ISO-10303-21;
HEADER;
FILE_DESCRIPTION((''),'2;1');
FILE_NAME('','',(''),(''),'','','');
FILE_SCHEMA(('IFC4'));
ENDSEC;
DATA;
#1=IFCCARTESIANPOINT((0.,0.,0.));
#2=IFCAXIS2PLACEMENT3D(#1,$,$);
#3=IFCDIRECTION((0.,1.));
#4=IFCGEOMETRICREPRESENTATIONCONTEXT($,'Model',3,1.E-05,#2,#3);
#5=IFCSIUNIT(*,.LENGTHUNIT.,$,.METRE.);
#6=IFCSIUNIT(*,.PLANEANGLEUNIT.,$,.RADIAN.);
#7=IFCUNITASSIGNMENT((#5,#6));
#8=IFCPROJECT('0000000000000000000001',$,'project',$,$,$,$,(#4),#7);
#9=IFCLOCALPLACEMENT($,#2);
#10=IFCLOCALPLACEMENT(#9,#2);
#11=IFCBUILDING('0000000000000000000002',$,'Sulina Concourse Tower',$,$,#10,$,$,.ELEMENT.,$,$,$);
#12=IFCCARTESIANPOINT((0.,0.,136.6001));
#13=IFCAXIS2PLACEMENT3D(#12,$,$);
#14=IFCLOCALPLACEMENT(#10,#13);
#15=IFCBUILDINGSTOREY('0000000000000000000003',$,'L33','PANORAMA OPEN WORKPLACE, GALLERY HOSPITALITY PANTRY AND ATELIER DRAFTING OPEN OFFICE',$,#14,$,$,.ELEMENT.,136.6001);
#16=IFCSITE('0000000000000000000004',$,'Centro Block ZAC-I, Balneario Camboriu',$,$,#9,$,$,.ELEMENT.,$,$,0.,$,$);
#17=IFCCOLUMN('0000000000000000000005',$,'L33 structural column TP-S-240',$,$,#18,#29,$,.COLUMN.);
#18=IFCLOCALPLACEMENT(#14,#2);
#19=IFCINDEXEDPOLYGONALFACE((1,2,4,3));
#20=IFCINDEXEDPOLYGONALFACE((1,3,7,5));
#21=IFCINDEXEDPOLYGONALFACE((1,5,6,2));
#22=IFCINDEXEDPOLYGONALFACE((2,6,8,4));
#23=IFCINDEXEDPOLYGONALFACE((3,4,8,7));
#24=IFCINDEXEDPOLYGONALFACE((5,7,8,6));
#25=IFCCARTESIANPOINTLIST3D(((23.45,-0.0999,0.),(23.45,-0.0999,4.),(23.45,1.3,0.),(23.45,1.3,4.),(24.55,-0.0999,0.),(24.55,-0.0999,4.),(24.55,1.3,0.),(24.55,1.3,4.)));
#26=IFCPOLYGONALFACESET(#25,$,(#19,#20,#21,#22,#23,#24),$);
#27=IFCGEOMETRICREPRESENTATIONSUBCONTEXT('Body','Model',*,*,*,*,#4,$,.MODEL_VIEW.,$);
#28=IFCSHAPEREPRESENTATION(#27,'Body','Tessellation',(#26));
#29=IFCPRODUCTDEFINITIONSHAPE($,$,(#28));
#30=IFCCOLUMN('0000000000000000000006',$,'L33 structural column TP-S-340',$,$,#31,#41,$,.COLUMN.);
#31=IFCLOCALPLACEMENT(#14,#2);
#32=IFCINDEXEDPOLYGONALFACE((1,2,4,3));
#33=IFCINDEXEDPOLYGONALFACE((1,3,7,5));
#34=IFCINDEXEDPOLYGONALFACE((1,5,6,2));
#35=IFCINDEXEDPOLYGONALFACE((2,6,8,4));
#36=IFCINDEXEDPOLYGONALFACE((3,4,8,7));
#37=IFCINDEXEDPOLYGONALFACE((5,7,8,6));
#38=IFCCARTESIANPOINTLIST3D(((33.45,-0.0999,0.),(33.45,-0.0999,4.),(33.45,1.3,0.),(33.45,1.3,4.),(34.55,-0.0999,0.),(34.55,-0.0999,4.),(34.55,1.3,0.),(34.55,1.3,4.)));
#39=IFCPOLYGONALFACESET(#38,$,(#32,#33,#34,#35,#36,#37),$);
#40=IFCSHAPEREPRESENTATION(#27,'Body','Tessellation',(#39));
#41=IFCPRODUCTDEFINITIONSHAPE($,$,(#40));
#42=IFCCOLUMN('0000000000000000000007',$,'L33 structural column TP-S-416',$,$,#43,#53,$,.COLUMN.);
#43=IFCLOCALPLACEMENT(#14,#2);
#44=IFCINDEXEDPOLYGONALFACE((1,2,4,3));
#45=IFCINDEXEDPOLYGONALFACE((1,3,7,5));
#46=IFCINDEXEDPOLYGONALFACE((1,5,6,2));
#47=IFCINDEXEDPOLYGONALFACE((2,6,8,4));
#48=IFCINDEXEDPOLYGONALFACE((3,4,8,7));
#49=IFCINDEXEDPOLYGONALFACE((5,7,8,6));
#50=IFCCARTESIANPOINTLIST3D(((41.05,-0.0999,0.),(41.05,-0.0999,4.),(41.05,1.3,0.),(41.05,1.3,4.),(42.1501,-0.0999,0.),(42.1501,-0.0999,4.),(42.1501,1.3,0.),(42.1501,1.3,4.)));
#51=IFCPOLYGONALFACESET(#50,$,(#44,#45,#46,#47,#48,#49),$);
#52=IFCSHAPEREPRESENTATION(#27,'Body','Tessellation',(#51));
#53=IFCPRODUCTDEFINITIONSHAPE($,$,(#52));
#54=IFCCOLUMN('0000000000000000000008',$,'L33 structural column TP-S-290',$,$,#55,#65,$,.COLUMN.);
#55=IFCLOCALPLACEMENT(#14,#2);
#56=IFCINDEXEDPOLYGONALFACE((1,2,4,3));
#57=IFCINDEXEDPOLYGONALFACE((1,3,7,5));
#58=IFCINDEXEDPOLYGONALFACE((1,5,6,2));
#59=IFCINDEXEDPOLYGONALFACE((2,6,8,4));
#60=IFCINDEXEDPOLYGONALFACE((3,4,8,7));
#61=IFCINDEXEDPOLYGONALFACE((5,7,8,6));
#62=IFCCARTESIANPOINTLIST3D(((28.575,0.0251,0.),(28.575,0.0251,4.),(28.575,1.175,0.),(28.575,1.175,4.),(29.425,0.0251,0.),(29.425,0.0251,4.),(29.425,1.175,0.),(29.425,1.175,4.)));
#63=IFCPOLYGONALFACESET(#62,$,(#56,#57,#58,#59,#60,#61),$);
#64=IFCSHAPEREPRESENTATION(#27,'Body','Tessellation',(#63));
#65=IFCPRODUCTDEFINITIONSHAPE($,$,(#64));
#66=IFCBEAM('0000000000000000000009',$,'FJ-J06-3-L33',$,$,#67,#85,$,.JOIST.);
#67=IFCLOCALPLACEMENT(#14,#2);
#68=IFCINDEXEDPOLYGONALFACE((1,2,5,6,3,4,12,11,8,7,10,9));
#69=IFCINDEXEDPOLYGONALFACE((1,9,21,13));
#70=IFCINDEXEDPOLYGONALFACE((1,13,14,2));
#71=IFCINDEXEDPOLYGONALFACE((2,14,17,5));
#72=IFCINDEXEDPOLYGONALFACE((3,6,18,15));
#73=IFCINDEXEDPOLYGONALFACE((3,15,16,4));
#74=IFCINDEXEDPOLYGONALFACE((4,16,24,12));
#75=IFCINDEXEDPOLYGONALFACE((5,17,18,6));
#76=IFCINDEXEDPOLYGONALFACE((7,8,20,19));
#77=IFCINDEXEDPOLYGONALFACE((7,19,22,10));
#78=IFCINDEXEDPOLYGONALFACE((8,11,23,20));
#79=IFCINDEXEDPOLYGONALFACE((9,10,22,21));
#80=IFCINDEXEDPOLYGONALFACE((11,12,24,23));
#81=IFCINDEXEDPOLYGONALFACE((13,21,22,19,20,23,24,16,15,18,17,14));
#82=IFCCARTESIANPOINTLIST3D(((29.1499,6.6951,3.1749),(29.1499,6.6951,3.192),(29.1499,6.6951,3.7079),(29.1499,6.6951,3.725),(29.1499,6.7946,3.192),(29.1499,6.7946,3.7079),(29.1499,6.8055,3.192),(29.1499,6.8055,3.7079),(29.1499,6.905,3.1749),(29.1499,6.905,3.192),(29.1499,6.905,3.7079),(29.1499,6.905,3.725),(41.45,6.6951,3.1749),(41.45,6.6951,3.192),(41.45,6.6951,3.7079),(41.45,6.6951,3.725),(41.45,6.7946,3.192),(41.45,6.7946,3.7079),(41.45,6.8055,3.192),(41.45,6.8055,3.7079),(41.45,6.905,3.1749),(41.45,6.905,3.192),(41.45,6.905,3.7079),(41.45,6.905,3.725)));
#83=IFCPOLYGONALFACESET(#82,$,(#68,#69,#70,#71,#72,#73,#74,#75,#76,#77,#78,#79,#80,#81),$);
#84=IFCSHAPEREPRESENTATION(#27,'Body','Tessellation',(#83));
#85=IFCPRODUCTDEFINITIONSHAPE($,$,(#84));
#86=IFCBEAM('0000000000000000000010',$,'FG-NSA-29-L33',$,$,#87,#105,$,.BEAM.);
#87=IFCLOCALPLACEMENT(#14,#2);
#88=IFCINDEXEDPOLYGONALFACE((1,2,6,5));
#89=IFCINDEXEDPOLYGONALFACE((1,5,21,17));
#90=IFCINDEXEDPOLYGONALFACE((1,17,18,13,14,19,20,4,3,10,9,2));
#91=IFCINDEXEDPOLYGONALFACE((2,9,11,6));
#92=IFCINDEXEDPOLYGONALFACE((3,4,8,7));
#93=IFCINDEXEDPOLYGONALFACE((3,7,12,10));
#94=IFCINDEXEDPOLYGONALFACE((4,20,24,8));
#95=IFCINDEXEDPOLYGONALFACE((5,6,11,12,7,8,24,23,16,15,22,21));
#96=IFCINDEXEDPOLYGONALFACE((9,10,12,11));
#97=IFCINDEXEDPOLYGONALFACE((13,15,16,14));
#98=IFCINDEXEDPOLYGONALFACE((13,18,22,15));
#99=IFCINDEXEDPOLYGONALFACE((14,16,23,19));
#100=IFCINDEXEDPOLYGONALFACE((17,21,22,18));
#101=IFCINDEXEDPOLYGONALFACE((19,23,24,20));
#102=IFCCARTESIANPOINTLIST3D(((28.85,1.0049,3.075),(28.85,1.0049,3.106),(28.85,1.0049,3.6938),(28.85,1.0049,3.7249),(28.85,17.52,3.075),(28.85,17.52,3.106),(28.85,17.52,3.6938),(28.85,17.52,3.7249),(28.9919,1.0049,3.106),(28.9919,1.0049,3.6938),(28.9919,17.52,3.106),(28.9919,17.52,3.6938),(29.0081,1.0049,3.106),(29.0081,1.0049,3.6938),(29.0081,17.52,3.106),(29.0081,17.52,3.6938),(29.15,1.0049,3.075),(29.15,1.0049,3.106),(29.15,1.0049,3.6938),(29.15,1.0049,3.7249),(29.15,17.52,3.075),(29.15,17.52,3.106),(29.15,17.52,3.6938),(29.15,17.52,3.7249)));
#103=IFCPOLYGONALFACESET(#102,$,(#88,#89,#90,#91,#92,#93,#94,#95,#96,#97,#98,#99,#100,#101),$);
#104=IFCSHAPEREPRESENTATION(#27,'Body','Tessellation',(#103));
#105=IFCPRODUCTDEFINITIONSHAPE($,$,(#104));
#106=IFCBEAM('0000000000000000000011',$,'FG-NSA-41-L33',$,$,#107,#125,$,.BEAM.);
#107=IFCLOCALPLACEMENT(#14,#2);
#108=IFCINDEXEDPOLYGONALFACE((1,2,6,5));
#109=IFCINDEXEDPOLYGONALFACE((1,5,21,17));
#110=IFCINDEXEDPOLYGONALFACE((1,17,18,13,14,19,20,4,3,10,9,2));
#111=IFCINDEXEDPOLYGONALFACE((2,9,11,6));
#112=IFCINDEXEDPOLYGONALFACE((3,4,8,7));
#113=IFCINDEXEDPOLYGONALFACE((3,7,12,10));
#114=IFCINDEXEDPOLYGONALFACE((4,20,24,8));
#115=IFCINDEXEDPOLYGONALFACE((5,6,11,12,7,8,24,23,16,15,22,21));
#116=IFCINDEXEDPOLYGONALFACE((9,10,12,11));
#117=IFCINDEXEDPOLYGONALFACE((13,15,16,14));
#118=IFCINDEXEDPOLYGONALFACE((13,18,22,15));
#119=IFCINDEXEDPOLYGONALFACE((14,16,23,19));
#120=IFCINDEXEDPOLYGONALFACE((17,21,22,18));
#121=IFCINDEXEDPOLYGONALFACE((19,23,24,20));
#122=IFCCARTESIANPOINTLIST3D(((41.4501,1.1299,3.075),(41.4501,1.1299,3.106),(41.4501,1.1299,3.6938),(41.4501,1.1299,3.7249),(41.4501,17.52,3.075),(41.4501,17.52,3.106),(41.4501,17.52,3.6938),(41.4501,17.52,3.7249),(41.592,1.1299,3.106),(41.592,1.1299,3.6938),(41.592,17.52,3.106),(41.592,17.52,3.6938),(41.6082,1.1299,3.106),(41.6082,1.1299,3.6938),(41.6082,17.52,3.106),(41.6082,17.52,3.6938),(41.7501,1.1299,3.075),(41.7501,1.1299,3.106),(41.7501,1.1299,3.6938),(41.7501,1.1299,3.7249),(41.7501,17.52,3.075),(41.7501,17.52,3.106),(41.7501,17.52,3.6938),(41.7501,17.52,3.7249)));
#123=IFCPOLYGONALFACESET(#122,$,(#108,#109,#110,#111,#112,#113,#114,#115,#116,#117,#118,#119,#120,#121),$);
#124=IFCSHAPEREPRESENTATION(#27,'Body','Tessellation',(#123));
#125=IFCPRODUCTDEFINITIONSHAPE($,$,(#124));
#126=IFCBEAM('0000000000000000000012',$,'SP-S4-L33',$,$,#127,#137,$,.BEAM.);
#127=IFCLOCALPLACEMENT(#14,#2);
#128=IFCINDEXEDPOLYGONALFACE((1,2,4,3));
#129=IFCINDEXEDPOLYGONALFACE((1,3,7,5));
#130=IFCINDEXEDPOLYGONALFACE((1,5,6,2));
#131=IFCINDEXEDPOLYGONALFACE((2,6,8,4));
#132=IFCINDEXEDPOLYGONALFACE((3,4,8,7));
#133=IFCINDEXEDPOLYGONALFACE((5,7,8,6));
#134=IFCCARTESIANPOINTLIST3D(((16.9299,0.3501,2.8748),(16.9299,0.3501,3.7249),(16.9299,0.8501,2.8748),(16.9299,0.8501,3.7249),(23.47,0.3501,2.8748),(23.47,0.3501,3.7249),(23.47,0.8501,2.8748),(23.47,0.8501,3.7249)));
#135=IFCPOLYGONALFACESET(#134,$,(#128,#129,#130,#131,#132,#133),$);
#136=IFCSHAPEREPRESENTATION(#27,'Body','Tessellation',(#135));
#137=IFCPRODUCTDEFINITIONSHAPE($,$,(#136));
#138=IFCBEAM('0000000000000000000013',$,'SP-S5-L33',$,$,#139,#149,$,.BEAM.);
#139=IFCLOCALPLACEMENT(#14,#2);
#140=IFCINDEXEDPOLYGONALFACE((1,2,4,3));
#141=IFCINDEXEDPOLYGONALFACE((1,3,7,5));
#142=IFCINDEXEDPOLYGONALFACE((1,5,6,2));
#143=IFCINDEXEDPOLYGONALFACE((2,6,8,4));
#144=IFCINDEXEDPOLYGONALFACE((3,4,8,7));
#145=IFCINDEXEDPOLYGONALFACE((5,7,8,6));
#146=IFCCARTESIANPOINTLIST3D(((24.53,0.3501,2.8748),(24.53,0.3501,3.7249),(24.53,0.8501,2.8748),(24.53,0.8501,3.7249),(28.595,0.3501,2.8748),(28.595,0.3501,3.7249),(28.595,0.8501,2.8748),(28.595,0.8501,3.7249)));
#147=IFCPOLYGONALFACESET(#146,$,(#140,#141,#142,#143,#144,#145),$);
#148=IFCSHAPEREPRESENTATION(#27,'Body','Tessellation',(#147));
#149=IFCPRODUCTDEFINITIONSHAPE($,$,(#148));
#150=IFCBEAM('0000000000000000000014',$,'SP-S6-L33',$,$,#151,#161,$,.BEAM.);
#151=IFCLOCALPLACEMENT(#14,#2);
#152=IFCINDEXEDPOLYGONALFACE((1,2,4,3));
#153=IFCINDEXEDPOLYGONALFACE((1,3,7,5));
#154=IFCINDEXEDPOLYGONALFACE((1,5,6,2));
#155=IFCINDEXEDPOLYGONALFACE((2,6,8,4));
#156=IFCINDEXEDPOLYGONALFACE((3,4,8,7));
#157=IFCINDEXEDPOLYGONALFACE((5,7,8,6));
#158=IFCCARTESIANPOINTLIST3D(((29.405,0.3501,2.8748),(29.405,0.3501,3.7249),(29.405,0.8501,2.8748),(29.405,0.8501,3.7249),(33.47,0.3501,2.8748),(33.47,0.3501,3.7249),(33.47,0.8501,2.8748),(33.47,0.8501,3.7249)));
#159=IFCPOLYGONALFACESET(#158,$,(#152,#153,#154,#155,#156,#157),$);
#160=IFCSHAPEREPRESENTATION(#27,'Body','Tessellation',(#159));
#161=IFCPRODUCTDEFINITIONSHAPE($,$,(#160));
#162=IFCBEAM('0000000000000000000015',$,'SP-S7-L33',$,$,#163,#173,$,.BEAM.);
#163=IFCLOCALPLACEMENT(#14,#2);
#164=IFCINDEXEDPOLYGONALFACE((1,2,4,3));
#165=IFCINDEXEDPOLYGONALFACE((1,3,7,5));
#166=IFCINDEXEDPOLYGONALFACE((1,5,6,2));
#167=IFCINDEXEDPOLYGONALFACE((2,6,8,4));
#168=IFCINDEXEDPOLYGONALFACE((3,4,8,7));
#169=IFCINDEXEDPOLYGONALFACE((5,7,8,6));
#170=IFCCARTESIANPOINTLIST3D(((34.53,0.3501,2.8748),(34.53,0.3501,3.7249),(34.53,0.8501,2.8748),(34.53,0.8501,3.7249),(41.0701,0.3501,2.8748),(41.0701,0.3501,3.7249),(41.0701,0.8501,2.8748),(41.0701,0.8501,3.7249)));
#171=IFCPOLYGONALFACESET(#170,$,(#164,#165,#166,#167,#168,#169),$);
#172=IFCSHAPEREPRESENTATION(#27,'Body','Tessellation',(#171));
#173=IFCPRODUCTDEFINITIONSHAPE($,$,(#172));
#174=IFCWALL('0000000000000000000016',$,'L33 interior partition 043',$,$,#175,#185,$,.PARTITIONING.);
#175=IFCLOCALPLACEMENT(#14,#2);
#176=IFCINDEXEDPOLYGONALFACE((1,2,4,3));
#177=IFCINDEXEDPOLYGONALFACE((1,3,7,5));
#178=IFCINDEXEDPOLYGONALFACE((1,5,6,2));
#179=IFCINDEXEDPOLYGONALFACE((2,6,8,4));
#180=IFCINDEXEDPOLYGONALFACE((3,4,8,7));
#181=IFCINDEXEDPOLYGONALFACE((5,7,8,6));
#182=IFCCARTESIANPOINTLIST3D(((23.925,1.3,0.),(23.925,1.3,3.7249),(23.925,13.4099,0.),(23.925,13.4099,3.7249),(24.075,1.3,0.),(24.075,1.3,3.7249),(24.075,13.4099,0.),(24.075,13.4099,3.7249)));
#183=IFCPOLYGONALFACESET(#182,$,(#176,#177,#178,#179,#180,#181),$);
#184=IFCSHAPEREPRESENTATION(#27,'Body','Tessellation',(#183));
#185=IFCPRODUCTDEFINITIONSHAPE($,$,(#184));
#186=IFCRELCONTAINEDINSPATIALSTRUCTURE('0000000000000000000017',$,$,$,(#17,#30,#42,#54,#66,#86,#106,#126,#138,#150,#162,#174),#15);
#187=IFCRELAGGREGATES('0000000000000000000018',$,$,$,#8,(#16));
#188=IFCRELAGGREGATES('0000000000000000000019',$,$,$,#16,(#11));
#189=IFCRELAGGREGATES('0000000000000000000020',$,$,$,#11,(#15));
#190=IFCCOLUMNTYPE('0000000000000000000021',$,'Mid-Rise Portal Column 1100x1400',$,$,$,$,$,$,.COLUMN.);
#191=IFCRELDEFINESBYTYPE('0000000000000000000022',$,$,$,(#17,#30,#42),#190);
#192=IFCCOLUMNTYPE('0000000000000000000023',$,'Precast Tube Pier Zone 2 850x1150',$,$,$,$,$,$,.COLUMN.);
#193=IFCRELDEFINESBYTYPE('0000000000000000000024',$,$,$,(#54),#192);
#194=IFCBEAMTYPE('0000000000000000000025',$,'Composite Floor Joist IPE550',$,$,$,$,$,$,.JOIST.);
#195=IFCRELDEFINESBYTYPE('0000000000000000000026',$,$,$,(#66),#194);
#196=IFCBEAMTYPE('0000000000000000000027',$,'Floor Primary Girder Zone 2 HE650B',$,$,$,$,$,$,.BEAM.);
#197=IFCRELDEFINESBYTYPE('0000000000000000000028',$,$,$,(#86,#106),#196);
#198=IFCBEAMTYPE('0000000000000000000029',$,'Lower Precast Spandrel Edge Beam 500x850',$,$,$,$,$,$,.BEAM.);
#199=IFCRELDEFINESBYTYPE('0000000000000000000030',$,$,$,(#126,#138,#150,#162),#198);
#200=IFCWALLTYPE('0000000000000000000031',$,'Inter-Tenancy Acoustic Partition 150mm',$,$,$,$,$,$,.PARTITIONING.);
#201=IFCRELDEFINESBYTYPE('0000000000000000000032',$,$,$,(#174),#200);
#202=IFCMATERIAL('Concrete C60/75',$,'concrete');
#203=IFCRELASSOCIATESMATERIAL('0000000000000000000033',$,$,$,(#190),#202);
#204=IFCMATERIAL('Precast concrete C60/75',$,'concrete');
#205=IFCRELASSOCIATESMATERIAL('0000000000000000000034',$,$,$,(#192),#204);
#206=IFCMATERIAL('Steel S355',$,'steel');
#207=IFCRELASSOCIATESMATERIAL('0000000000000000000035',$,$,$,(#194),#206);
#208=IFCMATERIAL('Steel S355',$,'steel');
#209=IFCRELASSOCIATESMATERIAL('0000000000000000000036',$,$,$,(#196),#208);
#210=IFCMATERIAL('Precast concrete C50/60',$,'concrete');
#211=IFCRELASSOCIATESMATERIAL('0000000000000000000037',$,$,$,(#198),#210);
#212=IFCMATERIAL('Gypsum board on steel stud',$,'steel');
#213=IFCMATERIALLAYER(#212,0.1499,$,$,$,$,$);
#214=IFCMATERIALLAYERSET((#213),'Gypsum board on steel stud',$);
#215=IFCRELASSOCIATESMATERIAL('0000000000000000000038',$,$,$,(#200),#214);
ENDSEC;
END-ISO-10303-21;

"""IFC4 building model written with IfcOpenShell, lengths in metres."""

from ifc_helpers import new_model, si_unit, direction, frame, frame_2d, origin, origin_2d, place, context, subcontext, project, spatial, rectangle, i_section, extrude, material, layer, layer_set, material_profile, profile_set, type_object, element, save


model = new_model("IFC4")

# Units and contexts
model_context = context("Model", 3, precision=1e-05, world=origin(), true_north=direction((0.0, 1.0)))
body_context = subcontext(model_context, "Body", "Model", "MODEL_VIEW")
ifc_project = project(units=[si_unit("LENGTHUNIT", "METRE"), si_unit("PLANEANGLEUNIT", "RADIAN")], contexts=[model_context])

# Site, building, storey
site_placement = place(None, origin())
site = spatial("IfcSite", under=ifc_project, at=site_placement, Name="Centro Block ZAC-I, Balneario Camboriu", CompositionType="ELEMENT", RefElevation=0.0)
building_placement = place(site_placement, origin())
building = spatial("IfcBuilding", under=site, at=building_placement, Name="Sulina Concourse Tower", CompositionType="ELEMENT")
storey_placement = place(building_placement, frame((0.0, 0.0, 136.6001)))
storey = spatial("IfcBuildingStorey", under=building, at=storey_placement, Name="L33", Description="PANORAMA OPEN WORKPLACE, GALLERY HOSPITALITY PANTRY AND ATELIER DRAFTING OPEN OFFICE", CompositionType="ELEMENT", Elevation=136.6001)

# Columns
ifc_material_1 = material(Name="Concrete C60/75", Category="concrete")
ifc_material_profile_1 = material_profile(ifc_material_1, rectangle(XDim=1.1001, YDim=1.3999, at=origin_2d()), Name="RC 1100x1400")
ifc_profile_set_1 = profile_set([ifc_material_profile_1], Name="Concrete C60/75")
column_type_1 = type_object("IfcColumnType", Name="Mid-Rise Portal Column 1100x1400", PredefinedType="COLUMN", material=ifc_profile_set_1)
for number, where, z_axis, x_axis, name in (
    (1, (24.0, 0.6001, 0.0), (0.0, 0.0, 1.0), (1.0, 0.0, 0.0), "L33 structural column TP-S-240"),
    (2, (34.0, 0.6001, 0.0), (0.0, 0.0, 1.0), (1.0, 0.0, 0.0), "L33 structural column TP-S-340"),
    (3, (41.6001, 0.6001, 0.0), (0.0, 0.0, 1.0), (1.0, 0.0, 0.0), "L33 structural column TP-S-416"),
):
    element("IfcColumn", number, at=place(storey_placement, frame(where, z_axis=z_axis, x_axis=x_axis)), inside=storey, type_object=column_type_1, Name=name, PredefinedType="COLUMN", context=body_context, shape_type="SweptSolid", body=[
        extrude(rectangle(XDim=1.1001, YDim=1.3999, at=origin_2d()), origin(), (0.0, 0.0, 1.0), 4.0),
    ])
ifc_material_2 = material(Name="Precast concrete C60/75", Category="concrete")
ifc_material_profile_2 = material_profile(ifc_material_2, rectangle(XDim=0.8501, YDim=1.1499, at=origin_2d()), Name="PC 850x1150")
ifc_profile_set_2 = profile_set([ifc_material_profile_2], Name="Precast concrete C60/75")
column_type_2 = type_object("IfcColumnType", Name="Precast Tube Pier Zone 2 850x1150", PredefinedType="COLUMN", material=ifc_profile_set_2)
column_placement = place(storey_placement, frame((29.0, 0.6001, 0.0), z_axis=(0.0, 0.0, 1.0), x_axis=(1.0, 0.0, 0.0)))
element("IfcColumn", 4, at=column_placement, inside=storey, type_object=column_type_2, Name="L33 structural column TP-S-290", PredefinedType="COLUMN", context=body_context, shape_type="SweptSolid", body=[
    extrude(rectangle(XDim=0.8501, YDim=1.1499, at=origin_2d()), origin(), (0.0, 0.0, 1.0), 4.0),
])

# Beams
ifc_material_3 = material(Name="Steel S355", Category="steel")
ifc_material_profile_3 = material_profile(ifc_material_3, i_section(OverallWidth=0.21, OverallDepth=0.55, WebThickness=0.011, FlangeThickness=0.0171, at=origin_2d()), Name="IPE 550")
ifc_profile_set_3 = profile_set([ifc_material_profile_3], Name="Steel S355")
beam_type_1 = type_object("IfcBeamType", Name="Composite Floor Joist IPE550", PredefinedType="JOIST", material=ifc_profile_set_3)
beam_1_placement = place(storey_placement, frame((29.1499, 6.8, 3.45), z_axis=(1.0, 0.0, 0.0), x_axis=(0.0, 1.0, 0.0)))
element("IfcBeam", 5, at=beam_1_placement, inside=storey, type_object=beam_type_1, Name="FJ-J06-3-L33", PredefinedType="JOIST", context=body_context, shape_type="SweptSolid", body=[
    extrude(i_section(OverallWidth=0.21, OverallDepth=0.55, WebThickness=0.011, FlangeThickness=0.0171, at=origin_2d()), origin(), (0.0, 0.0, 1.0), 12.3),
])
ifc_material_4 = material(Name="Steel S355", Category="steel")
ifc_material_profile_4 = material_profile(ifc_material_4, i_section(OverallWidth=0.3, OverallDepth=0.6499, WebThickness=0.0161, FlangeThickness=0.031, at=origin_2d()), Name="HE 650 B")
ifc_profile_set_4 = profile_set([ifc_material_profile_4], Name="Steel S355")
beam_type_2 = type_object("IfcBeamType", Name="Floor Primary Girder Zone 2 HE650B", PredefinedType="BEAM", material=ifc_profile_set_4)
beam_2_placement = place(storey_placement, frame((29.0, 1.0049, 3.3999), z_axis=(0.0, 1.0, 0.0), x_axis=(-1.0, 0.0, 0.0)))
element("IfcBeam", 6, at=beam_2_placement, inside=storey, type_object=beam_type_2, Name="FG-NSA-29-L33", PredefinedType="BEAM", context=body_context, shape_type="SweptSolid", body=[
    extrude(i_section(OverallWidth=0.3, OverallDepth=0.6499, WebThickness=0.0161, FlangeThickness=0.031, at=origin_2d()), origin(), (0.0, 0.0, 1.0), 16.5151),
])
beam_3_placement = place(storey_placement, frame((41.6001, 1.1299, 3.3999), z_axis=(0.0, 1.0, 0.0), x_axis=(-1.0, 0.0, 0.0)))
element("IfcBeam", 7, at=beam_3_placement, inside=storey, type_object=beam_type_2, Name="FG-NSA-41-L33", PredefinedType="BEAM", context=body_context, shape_type="SweptSolid", body=[
    extrude(i_section(OverallWidth=0.3, OverallDepth=0.6499, WebThickness=0.0161, FlangeThickness=0.031, at=origin_2d()), origin(), (0.0, 0.0, 1.0), 16.3901),
])
ifc_material_5 = material(Name="Precast concrete C50/60", Category="concrete")
ifc_material_profile_5 = material_profile(ifc_material_5, rectangle(XDim=0.5, YDim=0.8501, at=origin_2d()), Name="RC 500x850")
ifc_profile_set_5 = profile_set([ifc_material_profile_5], Name="Precast concrete C50/60")
beam_type_3 = type_object("IfcBeamType", Name="Lower Precast Spandrel Edge Beam 500x850", PredefinedType="BEAM", material=ifc_profile_set_5)
beam_4_placement = place(storey_placement, frame((16.9299, 0.6001, 3.2998), z_axis=(1.0, 0.0, 0.0), x_axis=(0.0, 1.0, 0.0)))
element("IfcBeam", 8, at=beam_4_placement, inside=storey, type_object=beam_type_3, Name="SP-S4-L33", PredefinedType="BEAM", context=body_context, shape_type="SweptSolid", body=[
    extrude(rectangle(XDim=0.5, YDim=0.8501, at=origin_2d()), origin(), (0.0, 0.0, 1.0), 6.54),
])
for number, where, z_axis, x_axis, name in (
    (9, (24.53, 0.6001, 3.2998), (1.0, 0.0, 0.0), (0.0, 1.0, 0.0), "SP-S5-L33"),
    (10, (29.405, 0.6001, 3.2998), (1.0, 0.0, 0.0), (0.0, 1.0, 0.0), "SP-S6-L33"),
):
    element("IfcBeam", number, at=place(storey_placement, frame(where, z_axis=z_axis, x_axis=x_axis)), inside=storey, type_object=beam_type_3, Name=name, PredefinedType="BEAM", context=body_context, shape_type="SweptSolid", body=[
        extrude(rectangle(XDim=0.5, YDim=0.8501, at=origin_2d()), origin(), (0.0, 0.0, 1.0), 4.0649),
    ])
beam_5_placement = place(storey_placement, frame((34.53, 0.6001, 3.2998), z_axis=(1.0, 0.0, 0.0), x_axis=(0.0, 1.0, 0.0)))
element("IfcBeam", 11, at=beam_5_placement, inside=storey, type_object=beam_type_3, Name="SP-S7-L33", PredefinedType="BEAM", context=body_context, shape_type="SweptSolid", body=[
    extrude(rectangle(XDim=0.5, YDim=0.8501, at=origin_2d()), origin(), (0.0, 0.0, 1.0), 6.54),
])

# Wall
ifc_material_6 = material(Name="Gypsum board on steel stud", Category="steel")
ifc_layer_1 = layer(ifc_material_6, 0.1499)
ifc_layer_set_1 = layer_set([ifc_layer_1], Name="Gypsum board on steel stud")
wall_type_1 = type_object("IfcWallType", Name="Inter-Tenancy Acoustic Partition 150mm", PredefinedType="PARTITIONING", material=ifc_layer_set_1)
for number, where, z_axis, x_axis, name in (
    (12, (24.0, 1.3, 0.0), (0.0, 0.0, 1.0), (0.0, 1.0, 0.0), "L33 interior partition 043"),
):
    element("IfcWall", number, at=place(storey_placement, frame(where, z_axis=z_axis, x_axis=x_axis)), inside=storey, type_object=wall_type_1, Name=name, PredefinedType="PARTITIONING", context=body_context, shape_type="SweptSolid", body=[
        extrude(rectangle(XDim=12.1099, YDim=0.1499, at=frame_2d((6.0549, 0.0))), origin(), (0.0, 0.0, 1.0), 3.7249),
    ])

save(model, "model.ifc")
